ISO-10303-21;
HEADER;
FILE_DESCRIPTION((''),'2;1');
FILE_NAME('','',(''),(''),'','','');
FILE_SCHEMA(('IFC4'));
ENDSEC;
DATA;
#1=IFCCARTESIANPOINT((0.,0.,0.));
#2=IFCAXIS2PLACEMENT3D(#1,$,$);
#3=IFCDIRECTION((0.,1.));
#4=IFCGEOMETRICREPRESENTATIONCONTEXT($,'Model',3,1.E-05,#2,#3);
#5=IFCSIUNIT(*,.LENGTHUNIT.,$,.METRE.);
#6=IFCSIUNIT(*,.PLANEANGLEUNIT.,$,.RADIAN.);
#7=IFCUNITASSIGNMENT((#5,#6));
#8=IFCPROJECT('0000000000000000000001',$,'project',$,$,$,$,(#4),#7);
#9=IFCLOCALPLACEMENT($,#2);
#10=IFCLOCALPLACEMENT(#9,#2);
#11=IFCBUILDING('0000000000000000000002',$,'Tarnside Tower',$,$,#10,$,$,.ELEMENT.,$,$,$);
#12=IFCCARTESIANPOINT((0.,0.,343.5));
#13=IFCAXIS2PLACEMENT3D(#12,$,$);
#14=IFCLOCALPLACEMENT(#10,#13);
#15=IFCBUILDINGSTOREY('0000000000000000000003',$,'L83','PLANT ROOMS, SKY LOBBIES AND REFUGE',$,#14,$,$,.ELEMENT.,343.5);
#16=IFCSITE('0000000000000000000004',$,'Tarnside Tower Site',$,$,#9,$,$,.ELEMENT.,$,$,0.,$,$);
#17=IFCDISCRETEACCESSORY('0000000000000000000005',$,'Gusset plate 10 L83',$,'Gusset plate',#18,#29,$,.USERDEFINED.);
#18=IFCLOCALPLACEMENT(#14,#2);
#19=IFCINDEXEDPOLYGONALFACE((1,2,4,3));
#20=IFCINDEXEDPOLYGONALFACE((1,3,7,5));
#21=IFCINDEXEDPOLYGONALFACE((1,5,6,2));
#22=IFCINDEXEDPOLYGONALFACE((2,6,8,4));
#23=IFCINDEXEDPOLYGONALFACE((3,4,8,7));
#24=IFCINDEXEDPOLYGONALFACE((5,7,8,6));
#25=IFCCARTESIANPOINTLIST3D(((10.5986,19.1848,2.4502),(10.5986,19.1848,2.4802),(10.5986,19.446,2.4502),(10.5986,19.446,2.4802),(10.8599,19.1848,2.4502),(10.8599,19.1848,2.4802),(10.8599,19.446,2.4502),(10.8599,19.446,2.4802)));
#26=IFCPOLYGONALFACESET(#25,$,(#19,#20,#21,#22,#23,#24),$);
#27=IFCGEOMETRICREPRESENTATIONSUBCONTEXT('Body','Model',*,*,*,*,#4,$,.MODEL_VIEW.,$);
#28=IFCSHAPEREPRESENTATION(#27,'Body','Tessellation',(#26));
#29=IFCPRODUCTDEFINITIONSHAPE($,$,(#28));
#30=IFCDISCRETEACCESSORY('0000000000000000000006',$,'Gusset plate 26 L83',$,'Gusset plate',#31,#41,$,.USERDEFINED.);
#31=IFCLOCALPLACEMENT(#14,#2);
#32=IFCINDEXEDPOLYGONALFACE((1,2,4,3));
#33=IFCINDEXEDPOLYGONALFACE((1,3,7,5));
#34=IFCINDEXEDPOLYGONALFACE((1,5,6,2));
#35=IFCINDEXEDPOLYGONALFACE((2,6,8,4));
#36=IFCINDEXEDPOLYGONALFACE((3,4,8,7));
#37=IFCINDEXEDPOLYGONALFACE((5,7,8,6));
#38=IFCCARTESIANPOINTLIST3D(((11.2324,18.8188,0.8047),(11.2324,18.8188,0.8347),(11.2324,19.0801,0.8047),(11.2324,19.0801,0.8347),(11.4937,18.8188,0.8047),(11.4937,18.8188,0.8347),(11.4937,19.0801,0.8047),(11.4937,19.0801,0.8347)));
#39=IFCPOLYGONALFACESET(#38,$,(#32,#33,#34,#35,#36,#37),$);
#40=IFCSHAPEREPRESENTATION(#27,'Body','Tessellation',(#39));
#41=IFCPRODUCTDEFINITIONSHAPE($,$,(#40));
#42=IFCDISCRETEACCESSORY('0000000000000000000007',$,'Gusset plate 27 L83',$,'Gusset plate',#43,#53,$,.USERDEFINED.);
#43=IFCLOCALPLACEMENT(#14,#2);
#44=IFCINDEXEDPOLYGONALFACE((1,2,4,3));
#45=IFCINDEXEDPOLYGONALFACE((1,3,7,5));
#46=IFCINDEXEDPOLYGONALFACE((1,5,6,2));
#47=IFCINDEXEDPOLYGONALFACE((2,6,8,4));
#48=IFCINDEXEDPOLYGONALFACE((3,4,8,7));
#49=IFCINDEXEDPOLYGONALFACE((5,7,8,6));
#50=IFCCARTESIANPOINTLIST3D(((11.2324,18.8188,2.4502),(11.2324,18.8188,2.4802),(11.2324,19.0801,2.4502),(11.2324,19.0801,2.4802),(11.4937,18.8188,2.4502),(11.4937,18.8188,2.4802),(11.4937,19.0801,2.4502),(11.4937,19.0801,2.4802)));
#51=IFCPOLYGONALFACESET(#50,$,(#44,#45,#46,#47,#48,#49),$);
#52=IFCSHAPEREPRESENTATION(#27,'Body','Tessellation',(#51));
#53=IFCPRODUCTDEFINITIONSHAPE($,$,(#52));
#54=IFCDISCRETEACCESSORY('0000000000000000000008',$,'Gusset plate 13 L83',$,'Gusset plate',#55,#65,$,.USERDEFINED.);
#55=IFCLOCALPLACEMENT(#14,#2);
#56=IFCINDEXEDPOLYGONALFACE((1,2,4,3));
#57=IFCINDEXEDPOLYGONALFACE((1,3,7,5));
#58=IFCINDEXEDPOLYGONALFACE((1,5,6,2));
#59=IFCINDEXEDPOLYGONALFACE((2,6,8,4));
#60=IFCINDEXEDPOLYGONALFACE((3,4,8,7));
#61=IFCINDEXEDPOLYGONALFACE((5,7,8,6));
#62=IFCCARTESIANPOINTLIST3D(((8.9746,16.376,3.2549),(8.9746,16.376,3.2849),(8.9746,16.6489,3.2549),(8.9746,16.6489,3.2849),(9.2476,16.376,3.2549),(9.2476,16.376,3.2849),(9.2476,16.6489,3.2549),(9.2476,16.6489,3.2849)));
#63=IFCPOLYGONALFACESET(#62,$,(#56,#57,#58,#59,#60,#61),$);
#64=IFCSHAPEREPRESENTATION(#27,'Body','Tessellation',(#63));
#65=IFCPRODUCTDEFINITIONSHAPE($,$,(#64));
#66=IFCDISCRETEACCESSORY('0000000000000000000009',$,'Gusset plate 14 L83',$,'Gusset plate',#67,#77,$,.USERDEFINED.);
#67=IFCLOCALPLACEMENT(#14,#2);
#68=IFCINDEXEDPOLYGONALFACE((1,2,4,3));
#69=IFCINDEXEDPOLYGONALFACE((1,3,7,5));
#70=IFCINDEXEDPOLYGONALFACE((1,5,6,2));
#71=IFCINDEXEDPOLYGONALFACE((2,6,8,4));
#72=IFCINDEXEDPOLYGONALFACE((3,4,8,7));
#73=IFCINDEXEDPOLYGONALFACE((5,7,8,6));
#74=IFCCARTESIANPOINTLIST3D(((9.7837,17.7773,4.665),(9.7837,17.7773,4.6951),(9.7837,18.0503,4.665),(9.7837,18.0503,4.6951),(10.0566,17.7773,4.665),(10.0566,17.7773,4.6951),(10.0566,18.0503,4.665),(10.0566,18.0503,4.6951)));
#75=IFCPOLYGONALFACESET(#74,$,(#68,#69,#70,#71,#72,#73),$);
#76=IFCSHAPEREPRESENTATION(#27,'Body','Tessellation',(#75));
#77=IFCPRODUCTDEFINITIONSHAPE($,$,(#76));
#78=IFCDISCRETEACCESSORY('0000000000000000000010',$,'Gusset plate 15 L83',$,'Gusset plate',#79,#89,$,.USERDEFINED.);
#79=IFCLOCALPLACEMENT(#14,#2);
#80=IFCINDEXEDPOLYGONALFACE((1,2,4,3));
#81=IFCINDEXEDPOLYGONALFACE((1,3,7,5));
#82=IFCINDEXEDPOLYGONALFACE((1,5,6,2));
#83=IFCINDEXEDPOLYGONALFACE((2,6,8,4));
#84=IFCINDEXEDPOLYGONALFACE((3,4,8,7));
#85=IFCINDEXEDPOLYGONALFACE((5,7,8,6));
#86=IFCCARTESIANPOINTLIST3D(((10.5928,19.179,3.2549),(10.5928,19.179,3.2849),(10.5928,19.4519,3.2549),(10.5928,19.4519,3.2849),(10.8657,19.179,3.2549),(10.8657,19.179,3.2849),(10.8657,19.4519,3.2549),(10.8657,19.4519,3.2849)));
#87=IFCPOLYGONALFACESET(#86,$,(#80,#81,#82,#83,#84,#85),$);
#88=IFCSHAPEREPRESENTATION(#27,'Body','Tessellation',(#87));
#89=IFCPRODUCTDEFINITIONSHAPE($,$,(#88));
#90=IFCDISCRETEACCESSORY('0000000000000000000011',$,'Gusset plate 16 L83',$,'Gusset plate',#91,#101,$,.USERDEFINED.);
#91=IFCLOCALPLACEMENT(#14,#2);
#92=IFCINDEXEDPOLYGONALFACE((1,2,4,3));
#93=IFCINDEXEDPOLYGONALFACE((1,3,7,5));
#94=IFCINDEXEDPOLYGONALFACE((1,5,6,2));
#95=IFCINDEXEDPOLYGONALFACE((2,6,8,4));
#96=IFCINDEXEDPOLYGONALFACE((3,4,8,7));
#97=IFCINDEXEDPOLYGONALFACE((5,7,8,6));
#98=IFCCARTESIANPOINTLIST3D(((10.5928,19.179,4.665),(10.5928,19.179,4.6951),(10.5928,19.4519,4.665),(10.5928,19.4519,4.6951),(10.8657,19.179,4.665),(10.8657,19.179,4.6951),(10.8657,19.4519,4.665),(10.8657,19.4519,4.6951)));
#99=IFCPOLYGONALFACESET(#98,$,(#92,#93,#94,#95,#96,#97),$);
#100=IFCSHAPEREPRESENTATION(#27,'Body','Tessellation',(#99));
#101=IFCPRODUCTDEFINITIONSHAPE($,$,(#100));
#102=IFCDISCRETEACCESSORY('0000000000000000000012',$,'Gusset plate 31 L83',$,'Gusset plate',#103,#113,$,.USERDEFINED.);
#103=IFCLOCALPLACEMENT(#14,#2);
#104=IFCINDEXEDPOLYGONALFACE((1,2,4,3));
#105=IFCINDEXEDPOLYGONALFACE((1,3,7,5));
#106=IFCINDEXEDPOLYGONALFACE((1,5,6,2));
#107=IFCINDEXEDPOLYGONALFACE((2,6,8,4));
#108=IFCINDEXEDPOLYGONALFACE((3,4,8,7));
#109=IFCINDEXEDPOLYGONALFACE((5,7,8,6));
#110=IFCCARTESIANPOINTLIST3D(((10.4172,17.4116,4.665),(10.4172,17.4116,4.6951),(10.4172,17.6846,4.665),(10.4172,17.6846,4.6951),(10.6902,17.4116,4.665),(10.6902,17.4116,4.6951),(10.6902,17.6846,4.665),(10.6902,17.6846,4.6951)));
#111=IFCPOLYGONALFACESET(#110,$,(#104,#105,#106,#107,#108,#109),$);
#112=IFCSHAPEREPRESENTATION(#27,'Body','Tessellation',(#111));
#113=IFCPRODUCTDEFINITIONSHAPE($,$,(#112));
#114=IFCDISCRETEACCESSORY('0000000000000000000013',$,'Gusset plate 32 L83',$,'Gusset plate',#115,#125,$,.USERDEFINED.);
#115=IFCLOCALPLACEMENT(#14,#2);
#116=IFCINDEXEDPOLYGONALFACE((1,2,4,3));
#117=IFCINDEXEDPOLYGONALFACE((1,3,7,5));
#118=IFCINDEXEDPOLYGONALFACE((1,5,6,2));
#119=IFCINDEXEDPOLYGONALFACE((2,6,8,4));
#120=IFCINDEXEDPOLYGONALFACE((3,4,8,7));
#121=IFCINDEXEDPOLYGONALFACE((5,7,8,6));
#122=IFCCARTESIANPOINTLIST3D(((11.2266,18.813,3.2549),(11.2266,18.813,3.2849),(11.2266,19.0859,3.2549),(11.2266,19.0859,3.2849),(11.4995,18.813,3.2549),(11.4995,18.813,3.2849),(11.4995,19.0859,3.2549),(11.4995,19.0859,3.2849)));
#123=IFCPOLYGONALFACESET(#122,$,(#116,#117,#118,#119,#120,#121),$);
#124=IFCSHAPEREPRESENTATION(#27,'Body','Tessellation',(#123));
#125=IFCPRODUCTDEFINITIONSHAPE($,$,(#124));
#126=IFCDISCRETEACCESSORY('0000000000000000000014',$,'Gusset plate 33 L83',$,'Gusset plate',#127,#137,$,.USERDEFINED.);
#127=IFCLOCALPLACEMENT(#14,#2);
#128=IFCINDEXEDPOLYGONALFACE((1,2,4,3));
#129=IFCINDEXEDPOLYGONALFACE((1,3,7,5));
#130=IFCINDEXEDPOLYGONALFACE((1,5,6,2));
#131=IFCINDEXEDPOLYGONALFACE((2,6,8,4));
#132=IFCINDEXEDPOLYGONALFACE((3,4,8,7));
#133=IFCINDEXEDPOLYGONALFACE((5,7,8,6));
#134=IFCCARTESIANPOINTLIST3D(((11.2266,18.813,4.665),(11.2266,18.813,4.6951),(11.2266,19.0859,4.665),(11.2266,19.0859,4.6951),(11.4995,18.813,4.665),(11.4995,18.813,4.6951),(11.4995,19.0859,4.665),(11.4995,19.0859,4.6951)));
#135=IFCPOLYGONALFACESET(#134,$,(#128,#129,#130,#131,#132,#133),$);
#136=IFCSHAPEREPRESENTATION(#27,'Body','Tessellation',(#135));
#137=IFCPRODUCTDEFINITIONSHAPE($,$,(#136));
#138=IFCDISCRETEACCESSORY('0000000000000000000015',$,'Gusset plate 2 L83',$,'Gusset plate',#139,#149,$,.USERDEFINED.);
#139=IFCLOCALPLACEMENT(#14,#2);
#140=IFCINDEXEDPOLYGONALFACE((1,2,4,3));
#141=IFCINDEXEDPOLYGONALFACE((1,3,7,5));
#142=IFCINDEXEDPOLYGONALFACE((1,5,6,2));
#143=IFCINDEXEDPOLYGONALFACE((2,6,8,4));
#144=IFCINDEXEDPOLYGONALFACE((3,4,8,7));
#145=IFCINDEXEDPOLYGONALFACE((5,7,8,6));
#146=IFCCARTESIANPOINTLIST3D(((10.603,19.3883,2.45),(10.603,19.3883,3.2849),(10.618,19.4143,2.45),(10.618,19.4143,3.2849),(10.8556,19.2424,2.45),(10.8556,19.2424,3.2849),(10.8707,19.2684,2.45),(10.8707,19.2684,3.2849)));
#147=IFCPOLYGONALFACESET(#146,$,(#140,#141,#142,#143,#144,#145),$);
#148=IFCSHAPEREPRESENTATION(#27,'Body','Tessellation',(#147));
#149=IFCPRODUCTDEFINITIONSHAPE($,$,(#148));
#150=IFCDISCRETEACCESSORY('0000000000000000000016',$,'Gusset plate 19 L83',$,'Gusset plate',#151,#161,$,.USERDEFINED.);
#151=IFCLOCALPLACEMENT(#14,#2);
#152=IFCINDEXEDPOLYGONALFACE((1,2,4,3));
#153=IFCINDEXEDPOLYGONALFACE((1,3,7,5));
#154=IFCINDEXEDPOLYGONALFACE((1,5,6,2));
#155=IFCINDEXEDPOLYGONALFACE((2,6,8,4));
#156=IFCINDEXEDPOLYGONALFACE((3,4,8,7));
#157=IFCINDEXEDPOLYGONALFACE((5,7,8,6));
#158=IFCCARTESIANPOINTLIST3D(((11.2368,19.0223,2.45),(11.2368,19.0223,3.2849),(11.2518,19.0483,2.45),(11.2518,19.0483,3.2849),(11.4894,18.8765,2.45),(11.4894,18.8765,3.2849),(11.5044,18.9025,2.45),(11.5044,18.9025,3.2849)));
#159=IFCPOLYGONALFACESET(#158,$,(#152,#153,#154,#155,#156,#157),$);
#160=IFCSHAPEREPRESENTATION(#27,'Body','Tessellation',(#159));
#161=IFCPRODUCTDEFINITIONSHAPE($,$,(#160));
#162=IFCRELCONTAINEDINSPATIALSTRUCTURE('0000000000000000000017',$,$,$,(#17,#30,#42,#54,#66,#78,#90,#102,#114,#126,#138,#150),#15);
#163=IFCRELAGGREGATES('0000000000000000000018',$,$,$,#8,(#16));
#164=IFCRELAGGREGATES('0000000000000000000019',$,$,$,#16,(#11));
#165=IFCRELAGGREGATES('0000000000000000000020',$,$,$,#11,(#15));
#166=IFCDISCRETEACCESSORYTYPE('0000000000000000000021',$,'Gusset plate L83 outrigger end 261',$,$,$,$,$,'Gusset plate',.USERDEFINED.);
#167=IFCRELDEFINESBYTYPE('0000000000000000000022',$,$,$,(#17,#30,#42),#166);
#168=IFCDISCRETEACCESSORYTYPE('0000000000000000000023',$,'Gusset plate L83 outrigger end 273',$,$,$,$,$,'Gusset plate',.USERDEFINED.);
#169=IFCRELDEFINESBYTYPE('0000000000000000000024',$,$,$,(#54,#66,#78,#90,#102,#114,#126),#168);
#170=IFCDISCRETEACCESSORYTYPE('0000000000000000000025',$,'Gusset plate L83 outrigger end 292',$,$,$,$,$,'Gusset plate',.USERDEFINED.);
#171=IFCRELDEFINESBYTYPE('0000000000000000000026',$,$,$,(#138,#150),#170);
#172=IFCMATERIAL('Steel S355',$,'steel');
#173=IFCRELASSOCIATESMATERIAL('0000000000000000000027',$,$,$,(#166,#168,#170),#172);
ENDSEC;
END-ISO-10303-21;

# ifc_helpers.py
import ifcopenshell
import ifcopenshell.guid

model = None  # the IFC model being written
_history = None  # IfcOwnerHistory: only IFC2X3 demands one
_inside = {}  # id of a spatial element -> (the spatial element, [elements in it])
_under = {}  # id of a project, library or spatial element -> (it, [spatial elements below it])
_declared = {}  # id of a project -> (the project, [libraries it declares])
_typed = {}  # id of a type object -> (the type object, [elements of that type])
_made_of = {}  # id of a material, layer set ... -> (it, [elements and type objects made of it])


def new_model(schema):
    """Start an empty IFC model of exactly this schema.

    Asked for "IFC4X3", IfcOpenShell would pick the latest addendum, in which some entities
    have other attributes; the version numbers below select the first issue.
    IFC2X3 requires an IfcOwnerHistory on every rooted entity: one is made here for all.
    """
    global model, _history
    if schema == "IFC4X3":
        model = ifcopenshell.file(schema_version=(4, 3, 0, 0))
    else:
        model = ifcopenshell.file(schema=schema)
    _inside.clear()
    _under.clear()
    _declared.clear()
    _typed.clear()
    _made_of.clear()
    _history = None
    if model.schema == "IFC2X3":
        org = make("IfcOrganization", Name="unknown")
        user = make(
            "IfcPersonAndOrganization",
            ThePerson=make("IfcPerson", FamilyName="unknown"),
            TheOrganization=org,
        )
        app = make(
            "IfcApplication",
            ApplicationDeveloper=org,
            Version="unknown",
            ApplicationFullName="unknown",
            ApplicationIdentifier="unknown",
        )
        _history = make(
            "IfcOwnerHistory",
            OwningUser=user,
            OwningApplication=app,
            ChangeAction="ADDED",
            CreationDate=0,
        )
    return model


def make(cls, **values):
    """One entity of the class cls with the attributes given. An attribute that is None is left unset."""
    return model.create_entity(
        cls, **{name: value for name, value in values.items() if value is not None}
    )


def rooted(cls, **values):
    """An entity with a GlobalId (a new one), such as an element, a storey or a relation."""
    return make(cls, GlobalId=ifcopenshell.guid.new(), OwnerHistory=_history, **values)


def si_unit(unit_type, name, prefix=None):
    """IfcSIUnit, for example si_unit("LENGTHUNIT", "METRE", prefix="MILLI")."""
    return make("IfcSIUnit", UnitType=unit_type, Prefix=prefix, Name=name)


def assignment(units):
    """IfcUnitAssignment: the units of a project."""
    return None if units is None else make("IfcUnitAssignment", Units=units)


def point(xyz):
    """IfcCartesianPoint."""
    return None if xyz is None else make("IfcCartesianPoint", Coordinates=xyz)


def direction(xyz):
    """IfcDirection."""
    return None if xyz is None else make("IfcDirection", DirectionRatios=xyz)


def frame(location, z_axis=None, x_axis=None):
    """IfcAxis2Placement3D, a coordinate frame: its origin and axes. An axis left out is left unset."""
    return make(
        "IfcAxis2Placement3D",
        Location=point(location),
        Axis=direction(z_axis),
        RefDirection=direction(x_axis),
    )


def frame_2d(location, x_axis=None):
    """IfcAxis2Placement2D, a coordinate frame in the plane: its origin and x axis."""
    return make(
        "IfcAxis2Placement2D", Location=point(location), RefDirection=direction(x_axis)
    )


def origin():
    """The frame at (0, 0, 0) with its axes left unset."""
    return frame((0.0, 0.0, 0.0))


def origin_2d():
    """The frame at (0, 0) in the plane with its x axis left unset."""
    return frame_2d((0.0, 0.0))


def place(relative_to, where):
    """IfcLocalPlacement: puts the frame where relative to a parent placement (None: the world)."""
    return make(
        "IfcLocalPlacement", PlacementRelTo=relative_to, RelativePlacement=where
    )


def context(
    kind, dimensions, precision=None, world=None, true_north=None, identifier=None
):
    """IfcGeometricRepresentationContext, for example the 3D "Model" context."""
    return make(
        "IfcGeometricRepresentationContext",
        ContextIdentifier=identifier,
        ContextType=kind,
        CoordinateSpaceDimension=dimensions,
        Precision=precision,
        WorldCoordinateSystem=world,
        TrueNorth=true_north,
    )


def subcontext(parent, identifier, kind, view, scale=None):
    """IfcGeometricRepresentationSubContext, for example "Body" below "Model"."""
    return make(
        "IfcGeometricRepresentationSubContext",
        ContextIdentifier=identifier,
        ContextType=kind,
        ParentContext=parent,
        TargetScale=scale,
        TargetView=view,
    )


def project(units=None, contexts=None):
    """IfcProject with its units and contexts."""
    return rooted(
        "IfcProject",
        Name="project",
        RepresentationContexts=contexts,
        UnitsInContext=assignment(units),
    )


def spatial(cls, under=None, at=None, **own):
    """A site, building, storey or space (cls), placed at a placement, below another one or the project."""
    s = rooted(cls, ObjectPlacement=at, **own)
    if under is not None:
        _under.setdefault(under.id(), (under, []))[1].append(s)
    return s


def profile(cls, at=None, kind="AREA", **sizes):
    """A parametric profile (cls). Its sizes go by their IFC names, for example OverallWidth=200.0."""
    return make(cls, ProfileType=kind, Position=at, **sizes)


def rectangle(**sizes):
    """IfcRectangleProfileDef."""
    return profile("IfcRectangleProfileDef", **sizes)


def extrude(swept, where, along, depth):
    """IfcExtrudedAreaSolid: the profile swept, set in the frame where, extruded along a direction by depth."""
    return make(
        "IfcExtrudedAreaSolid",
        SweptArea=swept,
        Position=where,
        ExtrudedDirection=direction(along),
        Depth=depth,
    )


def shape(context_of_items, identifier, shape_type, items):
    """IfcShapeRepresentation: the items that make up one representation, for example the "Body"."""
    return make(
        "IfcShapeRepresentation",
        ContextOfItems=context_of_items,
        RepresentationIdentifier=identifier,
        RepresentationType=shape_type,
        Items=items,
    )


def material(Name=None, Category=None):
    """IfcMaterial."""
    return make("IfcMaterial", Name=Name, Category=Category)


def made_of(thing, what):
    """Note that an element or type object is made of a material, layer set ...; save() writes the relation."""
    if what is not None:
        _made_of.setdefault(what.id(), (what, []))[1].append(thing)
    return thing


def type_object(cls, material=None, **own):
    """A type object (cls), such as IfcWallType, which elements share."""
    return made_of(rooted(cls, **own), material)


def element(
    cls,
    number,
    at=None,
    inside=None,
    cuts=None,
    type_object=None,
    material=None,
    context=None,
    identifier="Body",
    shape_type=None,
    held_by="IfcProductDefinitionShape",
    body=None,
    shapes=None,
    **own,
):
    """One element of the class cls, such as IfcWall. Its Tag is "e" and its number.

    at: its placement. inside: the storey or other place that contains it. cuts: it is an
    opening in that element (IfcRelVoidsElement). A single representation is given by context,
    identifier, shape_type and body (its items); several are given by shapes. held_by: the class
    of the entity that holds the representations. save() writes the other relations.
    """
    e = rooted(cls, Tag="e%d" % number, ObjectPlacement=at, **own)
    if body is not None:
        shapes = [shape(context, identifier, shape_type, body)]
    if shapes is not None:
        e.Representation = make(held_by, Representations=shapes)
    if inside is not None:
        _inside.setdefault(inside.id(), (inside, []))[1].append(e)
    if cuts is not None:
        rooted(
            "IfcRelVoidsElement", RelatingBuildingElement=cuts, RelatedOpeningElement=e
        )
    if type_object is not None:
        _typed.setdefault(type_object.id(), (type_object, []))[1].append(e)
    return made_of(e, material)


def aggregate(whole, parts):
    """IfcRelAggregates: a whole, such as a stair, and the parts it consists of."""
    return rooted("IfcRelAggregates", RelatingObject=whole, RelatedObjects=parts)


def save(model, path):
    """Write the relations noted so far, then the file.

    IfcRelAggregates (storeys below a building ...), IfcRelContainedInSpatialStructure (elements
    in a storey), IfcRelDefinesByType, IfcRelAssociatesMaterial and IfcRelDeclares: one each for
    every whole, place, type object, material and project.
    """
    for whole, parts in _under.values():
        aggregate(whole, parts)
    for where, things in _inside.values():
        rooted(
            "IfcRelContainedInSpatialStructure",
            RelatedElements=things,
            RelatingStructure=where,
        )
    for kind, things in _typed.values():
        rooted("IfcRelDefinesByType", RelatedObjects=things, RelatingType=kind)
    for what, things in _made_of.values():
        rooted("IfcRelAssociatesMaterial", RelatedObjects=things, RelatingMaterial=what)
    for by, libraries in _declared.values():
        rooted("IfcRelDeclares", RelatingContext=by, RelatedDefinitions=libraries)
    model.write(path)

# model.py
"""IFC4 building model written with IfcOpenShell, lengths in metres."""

from ifc_helpers import new_model, si_unit, direction, frame, origin, origin_2d, place, context, subcontext, project, spatial, rectangle, extrude, material, type_object, element, save


model = new_model("IFC4")

# Units and contexts
model_context = context("Model", 3, precision=1e-05, world=origin(), true_north=direction((0.0, 1.0)))
body_context = subcontext(model_context, "Body", "Model", "MODEL_VIEW")
ifc_project = project(units=[si_unit("LENGTHUNIT", "METRE"), si_unit("PLANEANGLEUNIT", "RADIAN")], contexts=[model_context])

# Site, building, storey
site_placement = place(None, origin())
site = spatial("IfcSite", under=ifc_project, at=site_placement, Name="Tarnside Tower Site", CompositionType="ELEMENT", RefElevation=0.0)
building_placement = place(site_placement, origin())
building = spatial("IfcBuilding", under=site, at=building_placement, Name="Tarnside Tower", CompositionType="ELEMENT")
storey_placement = place(building_placement, frame((0.0, 0.0, 343.5)))
storey = spatial("IfcBuildingStorey", under=building, at=storey_placement, Name="L83", Description="PLANT ROOMS, SKY LOBBIES AND REFUGE", CompositionType="ELEMENT", Elevation=343.5)

# Shared definitions
ifc_material_1 = material(Name="Steel S355", Category="steel")

# Discrete accessories
discrete_accessory_type_1 = type_object("IfcDiscreteAccessoryType", Name="Gusset plate L83 outrigger end 261", ElementType="Gusset plate", PredefinedType="USERDEFINED", material=ifc_material_1)
for number, where, z_axis, x_axis, name in (
    (1, (10.7292, 19.3154, 2.4502), (0.0, 0.0, 1.0), (1.0, 0.0, 0.0), "Gusset plate 10 L83"),
    (2, (11.363, 18.9495, 0.8047), (0.0, 0.0, 1.0), (1.0, 0.0, 0.0), "Gusset plate 26 L83"),
    (3, (11.363, 18.9495, 2.4502), (0.0, 0.0, 1.0), (1.0, 0.0, 0.0), "Gusset plate 27 L83"),
):
    element("IfcDiscreteAccessory", number, at=place(storey_placement, frame(where, z_axis=z_axis, x_axis=x_axis)), inside=storey, type_object=discrete_accessory_type_1, Name=name, ObjectType="Gusset plate", PredefinedType="USERDEFINED", context=body_context, shape_type="SweptSolid", body=[
        extrude(rectangle(XDim=0.2612, YDim=0.2612, at=origin_2d()), origin(), (0.0, 0.0, 1.0), 0.03),
    ])
discrete_accessory_type_2 = type_object("IfcDiscreteAccessoryType", Name="Gusset plate L83 outrigger end 273", ElementType="Gusset plate", PredefinedType="USERDEFINED", material=ifc_material_1)
for number, where, z_axis, x_axis, name in (
    (4, (9.1111, 16.5125, 3.2549), (0.0, 0.0, 1.0), (1.0, 0.0, 0.0), "Gusset plate 13 L83"),
    (5, (9.9202, 17.9138, 4.665), (0.0, 0.0, 1.0), (1.0, 0.0, 0.0), "Gusset plate 14 L83"),
    (6, (10.7292, 19.3154, 3.2549), (0.0, 0.0, 1.0), (1.0, 0.0, 0.0), "Gusset plate 15 L83"),
    (7, (10.7292, 19.3154, 4.665), (0.0, 0.0, 1.0), (1.0, 0.0, 0.0), "Gusset plate 16 L83"),
    (8, (10.5537, 17.5481, 4.665), (0.0, 0.0, 1.0), (1.0, 0.0, 0.0), "Gusset plate 31 L83"),
    (9, (11.363, 18.9495, 3.2549), (0.0, 0.0, 1.0), (1.0, 0.0, 0.0), "Gusset plate 32 L83"),
    (10, (11.363, 18.9495, 4.665), (0.0, 0.0, 1.0), (1.0, 0.0, 0.0), "Gusset plate 33 L83"),
):
    element("IfcDiscreteAccessory", number, at=place(storey_placement, frame(where, z_axis=z_axis, x_axis=x_axis)), inside=storey, type_object=discrete_accessory_type_2, Name=name, ObjectType="Gusset plate", PredefinedType="USERDEFINED", context=body_context, shape_type="SweptSolid", body=[
        extrude(rectangle(XDim=0.2729, YDim=0.2729, at=origin_2d()), origin(), (0.0, 0.0, 1.0), 0.03),
    ])
discrete_accessory_type_3 = type_object("IfcDiscreteAccessoryType", Name="Gusset plate L83 outrigger end 292", ElementType="Gusset plate", PredefinedType="USERDEFINED", material=ifc_material_1)
for number, where, z_axis, x_axis, name in (
    (11, (10.7368, 19.3284, 2.45), (0.0, 0.0, 1.0), (0.499997, 0.866027, 0.0), "Gusset plate 2 L83"),
    (12, (11.3706, 18.9624, 2.45), (0.0, 0.0, 1.0), (0.50002, 0.866014, 0.0), "Gusset plate 19 L83"),
):
    element("IfcDiscreteAccessory", number, at=place(storey_placement, frame(where, z_axis=z_axis, x_axis=x_axis)), inside=storey, type_object=discrete_accessory_type_3, Name=name, ObjectType="Gusset plate", PredefinedType="USERDEFINED", context=body_context, shape_type="SweptSolid", body=[
        extrude(rectangle(XDim=0.03, YDim=0.2917, at=origin_2d()), origin(), (0.0, 0.0, 1.0), 0.835),
    ])

save(model, "model.ifc")
